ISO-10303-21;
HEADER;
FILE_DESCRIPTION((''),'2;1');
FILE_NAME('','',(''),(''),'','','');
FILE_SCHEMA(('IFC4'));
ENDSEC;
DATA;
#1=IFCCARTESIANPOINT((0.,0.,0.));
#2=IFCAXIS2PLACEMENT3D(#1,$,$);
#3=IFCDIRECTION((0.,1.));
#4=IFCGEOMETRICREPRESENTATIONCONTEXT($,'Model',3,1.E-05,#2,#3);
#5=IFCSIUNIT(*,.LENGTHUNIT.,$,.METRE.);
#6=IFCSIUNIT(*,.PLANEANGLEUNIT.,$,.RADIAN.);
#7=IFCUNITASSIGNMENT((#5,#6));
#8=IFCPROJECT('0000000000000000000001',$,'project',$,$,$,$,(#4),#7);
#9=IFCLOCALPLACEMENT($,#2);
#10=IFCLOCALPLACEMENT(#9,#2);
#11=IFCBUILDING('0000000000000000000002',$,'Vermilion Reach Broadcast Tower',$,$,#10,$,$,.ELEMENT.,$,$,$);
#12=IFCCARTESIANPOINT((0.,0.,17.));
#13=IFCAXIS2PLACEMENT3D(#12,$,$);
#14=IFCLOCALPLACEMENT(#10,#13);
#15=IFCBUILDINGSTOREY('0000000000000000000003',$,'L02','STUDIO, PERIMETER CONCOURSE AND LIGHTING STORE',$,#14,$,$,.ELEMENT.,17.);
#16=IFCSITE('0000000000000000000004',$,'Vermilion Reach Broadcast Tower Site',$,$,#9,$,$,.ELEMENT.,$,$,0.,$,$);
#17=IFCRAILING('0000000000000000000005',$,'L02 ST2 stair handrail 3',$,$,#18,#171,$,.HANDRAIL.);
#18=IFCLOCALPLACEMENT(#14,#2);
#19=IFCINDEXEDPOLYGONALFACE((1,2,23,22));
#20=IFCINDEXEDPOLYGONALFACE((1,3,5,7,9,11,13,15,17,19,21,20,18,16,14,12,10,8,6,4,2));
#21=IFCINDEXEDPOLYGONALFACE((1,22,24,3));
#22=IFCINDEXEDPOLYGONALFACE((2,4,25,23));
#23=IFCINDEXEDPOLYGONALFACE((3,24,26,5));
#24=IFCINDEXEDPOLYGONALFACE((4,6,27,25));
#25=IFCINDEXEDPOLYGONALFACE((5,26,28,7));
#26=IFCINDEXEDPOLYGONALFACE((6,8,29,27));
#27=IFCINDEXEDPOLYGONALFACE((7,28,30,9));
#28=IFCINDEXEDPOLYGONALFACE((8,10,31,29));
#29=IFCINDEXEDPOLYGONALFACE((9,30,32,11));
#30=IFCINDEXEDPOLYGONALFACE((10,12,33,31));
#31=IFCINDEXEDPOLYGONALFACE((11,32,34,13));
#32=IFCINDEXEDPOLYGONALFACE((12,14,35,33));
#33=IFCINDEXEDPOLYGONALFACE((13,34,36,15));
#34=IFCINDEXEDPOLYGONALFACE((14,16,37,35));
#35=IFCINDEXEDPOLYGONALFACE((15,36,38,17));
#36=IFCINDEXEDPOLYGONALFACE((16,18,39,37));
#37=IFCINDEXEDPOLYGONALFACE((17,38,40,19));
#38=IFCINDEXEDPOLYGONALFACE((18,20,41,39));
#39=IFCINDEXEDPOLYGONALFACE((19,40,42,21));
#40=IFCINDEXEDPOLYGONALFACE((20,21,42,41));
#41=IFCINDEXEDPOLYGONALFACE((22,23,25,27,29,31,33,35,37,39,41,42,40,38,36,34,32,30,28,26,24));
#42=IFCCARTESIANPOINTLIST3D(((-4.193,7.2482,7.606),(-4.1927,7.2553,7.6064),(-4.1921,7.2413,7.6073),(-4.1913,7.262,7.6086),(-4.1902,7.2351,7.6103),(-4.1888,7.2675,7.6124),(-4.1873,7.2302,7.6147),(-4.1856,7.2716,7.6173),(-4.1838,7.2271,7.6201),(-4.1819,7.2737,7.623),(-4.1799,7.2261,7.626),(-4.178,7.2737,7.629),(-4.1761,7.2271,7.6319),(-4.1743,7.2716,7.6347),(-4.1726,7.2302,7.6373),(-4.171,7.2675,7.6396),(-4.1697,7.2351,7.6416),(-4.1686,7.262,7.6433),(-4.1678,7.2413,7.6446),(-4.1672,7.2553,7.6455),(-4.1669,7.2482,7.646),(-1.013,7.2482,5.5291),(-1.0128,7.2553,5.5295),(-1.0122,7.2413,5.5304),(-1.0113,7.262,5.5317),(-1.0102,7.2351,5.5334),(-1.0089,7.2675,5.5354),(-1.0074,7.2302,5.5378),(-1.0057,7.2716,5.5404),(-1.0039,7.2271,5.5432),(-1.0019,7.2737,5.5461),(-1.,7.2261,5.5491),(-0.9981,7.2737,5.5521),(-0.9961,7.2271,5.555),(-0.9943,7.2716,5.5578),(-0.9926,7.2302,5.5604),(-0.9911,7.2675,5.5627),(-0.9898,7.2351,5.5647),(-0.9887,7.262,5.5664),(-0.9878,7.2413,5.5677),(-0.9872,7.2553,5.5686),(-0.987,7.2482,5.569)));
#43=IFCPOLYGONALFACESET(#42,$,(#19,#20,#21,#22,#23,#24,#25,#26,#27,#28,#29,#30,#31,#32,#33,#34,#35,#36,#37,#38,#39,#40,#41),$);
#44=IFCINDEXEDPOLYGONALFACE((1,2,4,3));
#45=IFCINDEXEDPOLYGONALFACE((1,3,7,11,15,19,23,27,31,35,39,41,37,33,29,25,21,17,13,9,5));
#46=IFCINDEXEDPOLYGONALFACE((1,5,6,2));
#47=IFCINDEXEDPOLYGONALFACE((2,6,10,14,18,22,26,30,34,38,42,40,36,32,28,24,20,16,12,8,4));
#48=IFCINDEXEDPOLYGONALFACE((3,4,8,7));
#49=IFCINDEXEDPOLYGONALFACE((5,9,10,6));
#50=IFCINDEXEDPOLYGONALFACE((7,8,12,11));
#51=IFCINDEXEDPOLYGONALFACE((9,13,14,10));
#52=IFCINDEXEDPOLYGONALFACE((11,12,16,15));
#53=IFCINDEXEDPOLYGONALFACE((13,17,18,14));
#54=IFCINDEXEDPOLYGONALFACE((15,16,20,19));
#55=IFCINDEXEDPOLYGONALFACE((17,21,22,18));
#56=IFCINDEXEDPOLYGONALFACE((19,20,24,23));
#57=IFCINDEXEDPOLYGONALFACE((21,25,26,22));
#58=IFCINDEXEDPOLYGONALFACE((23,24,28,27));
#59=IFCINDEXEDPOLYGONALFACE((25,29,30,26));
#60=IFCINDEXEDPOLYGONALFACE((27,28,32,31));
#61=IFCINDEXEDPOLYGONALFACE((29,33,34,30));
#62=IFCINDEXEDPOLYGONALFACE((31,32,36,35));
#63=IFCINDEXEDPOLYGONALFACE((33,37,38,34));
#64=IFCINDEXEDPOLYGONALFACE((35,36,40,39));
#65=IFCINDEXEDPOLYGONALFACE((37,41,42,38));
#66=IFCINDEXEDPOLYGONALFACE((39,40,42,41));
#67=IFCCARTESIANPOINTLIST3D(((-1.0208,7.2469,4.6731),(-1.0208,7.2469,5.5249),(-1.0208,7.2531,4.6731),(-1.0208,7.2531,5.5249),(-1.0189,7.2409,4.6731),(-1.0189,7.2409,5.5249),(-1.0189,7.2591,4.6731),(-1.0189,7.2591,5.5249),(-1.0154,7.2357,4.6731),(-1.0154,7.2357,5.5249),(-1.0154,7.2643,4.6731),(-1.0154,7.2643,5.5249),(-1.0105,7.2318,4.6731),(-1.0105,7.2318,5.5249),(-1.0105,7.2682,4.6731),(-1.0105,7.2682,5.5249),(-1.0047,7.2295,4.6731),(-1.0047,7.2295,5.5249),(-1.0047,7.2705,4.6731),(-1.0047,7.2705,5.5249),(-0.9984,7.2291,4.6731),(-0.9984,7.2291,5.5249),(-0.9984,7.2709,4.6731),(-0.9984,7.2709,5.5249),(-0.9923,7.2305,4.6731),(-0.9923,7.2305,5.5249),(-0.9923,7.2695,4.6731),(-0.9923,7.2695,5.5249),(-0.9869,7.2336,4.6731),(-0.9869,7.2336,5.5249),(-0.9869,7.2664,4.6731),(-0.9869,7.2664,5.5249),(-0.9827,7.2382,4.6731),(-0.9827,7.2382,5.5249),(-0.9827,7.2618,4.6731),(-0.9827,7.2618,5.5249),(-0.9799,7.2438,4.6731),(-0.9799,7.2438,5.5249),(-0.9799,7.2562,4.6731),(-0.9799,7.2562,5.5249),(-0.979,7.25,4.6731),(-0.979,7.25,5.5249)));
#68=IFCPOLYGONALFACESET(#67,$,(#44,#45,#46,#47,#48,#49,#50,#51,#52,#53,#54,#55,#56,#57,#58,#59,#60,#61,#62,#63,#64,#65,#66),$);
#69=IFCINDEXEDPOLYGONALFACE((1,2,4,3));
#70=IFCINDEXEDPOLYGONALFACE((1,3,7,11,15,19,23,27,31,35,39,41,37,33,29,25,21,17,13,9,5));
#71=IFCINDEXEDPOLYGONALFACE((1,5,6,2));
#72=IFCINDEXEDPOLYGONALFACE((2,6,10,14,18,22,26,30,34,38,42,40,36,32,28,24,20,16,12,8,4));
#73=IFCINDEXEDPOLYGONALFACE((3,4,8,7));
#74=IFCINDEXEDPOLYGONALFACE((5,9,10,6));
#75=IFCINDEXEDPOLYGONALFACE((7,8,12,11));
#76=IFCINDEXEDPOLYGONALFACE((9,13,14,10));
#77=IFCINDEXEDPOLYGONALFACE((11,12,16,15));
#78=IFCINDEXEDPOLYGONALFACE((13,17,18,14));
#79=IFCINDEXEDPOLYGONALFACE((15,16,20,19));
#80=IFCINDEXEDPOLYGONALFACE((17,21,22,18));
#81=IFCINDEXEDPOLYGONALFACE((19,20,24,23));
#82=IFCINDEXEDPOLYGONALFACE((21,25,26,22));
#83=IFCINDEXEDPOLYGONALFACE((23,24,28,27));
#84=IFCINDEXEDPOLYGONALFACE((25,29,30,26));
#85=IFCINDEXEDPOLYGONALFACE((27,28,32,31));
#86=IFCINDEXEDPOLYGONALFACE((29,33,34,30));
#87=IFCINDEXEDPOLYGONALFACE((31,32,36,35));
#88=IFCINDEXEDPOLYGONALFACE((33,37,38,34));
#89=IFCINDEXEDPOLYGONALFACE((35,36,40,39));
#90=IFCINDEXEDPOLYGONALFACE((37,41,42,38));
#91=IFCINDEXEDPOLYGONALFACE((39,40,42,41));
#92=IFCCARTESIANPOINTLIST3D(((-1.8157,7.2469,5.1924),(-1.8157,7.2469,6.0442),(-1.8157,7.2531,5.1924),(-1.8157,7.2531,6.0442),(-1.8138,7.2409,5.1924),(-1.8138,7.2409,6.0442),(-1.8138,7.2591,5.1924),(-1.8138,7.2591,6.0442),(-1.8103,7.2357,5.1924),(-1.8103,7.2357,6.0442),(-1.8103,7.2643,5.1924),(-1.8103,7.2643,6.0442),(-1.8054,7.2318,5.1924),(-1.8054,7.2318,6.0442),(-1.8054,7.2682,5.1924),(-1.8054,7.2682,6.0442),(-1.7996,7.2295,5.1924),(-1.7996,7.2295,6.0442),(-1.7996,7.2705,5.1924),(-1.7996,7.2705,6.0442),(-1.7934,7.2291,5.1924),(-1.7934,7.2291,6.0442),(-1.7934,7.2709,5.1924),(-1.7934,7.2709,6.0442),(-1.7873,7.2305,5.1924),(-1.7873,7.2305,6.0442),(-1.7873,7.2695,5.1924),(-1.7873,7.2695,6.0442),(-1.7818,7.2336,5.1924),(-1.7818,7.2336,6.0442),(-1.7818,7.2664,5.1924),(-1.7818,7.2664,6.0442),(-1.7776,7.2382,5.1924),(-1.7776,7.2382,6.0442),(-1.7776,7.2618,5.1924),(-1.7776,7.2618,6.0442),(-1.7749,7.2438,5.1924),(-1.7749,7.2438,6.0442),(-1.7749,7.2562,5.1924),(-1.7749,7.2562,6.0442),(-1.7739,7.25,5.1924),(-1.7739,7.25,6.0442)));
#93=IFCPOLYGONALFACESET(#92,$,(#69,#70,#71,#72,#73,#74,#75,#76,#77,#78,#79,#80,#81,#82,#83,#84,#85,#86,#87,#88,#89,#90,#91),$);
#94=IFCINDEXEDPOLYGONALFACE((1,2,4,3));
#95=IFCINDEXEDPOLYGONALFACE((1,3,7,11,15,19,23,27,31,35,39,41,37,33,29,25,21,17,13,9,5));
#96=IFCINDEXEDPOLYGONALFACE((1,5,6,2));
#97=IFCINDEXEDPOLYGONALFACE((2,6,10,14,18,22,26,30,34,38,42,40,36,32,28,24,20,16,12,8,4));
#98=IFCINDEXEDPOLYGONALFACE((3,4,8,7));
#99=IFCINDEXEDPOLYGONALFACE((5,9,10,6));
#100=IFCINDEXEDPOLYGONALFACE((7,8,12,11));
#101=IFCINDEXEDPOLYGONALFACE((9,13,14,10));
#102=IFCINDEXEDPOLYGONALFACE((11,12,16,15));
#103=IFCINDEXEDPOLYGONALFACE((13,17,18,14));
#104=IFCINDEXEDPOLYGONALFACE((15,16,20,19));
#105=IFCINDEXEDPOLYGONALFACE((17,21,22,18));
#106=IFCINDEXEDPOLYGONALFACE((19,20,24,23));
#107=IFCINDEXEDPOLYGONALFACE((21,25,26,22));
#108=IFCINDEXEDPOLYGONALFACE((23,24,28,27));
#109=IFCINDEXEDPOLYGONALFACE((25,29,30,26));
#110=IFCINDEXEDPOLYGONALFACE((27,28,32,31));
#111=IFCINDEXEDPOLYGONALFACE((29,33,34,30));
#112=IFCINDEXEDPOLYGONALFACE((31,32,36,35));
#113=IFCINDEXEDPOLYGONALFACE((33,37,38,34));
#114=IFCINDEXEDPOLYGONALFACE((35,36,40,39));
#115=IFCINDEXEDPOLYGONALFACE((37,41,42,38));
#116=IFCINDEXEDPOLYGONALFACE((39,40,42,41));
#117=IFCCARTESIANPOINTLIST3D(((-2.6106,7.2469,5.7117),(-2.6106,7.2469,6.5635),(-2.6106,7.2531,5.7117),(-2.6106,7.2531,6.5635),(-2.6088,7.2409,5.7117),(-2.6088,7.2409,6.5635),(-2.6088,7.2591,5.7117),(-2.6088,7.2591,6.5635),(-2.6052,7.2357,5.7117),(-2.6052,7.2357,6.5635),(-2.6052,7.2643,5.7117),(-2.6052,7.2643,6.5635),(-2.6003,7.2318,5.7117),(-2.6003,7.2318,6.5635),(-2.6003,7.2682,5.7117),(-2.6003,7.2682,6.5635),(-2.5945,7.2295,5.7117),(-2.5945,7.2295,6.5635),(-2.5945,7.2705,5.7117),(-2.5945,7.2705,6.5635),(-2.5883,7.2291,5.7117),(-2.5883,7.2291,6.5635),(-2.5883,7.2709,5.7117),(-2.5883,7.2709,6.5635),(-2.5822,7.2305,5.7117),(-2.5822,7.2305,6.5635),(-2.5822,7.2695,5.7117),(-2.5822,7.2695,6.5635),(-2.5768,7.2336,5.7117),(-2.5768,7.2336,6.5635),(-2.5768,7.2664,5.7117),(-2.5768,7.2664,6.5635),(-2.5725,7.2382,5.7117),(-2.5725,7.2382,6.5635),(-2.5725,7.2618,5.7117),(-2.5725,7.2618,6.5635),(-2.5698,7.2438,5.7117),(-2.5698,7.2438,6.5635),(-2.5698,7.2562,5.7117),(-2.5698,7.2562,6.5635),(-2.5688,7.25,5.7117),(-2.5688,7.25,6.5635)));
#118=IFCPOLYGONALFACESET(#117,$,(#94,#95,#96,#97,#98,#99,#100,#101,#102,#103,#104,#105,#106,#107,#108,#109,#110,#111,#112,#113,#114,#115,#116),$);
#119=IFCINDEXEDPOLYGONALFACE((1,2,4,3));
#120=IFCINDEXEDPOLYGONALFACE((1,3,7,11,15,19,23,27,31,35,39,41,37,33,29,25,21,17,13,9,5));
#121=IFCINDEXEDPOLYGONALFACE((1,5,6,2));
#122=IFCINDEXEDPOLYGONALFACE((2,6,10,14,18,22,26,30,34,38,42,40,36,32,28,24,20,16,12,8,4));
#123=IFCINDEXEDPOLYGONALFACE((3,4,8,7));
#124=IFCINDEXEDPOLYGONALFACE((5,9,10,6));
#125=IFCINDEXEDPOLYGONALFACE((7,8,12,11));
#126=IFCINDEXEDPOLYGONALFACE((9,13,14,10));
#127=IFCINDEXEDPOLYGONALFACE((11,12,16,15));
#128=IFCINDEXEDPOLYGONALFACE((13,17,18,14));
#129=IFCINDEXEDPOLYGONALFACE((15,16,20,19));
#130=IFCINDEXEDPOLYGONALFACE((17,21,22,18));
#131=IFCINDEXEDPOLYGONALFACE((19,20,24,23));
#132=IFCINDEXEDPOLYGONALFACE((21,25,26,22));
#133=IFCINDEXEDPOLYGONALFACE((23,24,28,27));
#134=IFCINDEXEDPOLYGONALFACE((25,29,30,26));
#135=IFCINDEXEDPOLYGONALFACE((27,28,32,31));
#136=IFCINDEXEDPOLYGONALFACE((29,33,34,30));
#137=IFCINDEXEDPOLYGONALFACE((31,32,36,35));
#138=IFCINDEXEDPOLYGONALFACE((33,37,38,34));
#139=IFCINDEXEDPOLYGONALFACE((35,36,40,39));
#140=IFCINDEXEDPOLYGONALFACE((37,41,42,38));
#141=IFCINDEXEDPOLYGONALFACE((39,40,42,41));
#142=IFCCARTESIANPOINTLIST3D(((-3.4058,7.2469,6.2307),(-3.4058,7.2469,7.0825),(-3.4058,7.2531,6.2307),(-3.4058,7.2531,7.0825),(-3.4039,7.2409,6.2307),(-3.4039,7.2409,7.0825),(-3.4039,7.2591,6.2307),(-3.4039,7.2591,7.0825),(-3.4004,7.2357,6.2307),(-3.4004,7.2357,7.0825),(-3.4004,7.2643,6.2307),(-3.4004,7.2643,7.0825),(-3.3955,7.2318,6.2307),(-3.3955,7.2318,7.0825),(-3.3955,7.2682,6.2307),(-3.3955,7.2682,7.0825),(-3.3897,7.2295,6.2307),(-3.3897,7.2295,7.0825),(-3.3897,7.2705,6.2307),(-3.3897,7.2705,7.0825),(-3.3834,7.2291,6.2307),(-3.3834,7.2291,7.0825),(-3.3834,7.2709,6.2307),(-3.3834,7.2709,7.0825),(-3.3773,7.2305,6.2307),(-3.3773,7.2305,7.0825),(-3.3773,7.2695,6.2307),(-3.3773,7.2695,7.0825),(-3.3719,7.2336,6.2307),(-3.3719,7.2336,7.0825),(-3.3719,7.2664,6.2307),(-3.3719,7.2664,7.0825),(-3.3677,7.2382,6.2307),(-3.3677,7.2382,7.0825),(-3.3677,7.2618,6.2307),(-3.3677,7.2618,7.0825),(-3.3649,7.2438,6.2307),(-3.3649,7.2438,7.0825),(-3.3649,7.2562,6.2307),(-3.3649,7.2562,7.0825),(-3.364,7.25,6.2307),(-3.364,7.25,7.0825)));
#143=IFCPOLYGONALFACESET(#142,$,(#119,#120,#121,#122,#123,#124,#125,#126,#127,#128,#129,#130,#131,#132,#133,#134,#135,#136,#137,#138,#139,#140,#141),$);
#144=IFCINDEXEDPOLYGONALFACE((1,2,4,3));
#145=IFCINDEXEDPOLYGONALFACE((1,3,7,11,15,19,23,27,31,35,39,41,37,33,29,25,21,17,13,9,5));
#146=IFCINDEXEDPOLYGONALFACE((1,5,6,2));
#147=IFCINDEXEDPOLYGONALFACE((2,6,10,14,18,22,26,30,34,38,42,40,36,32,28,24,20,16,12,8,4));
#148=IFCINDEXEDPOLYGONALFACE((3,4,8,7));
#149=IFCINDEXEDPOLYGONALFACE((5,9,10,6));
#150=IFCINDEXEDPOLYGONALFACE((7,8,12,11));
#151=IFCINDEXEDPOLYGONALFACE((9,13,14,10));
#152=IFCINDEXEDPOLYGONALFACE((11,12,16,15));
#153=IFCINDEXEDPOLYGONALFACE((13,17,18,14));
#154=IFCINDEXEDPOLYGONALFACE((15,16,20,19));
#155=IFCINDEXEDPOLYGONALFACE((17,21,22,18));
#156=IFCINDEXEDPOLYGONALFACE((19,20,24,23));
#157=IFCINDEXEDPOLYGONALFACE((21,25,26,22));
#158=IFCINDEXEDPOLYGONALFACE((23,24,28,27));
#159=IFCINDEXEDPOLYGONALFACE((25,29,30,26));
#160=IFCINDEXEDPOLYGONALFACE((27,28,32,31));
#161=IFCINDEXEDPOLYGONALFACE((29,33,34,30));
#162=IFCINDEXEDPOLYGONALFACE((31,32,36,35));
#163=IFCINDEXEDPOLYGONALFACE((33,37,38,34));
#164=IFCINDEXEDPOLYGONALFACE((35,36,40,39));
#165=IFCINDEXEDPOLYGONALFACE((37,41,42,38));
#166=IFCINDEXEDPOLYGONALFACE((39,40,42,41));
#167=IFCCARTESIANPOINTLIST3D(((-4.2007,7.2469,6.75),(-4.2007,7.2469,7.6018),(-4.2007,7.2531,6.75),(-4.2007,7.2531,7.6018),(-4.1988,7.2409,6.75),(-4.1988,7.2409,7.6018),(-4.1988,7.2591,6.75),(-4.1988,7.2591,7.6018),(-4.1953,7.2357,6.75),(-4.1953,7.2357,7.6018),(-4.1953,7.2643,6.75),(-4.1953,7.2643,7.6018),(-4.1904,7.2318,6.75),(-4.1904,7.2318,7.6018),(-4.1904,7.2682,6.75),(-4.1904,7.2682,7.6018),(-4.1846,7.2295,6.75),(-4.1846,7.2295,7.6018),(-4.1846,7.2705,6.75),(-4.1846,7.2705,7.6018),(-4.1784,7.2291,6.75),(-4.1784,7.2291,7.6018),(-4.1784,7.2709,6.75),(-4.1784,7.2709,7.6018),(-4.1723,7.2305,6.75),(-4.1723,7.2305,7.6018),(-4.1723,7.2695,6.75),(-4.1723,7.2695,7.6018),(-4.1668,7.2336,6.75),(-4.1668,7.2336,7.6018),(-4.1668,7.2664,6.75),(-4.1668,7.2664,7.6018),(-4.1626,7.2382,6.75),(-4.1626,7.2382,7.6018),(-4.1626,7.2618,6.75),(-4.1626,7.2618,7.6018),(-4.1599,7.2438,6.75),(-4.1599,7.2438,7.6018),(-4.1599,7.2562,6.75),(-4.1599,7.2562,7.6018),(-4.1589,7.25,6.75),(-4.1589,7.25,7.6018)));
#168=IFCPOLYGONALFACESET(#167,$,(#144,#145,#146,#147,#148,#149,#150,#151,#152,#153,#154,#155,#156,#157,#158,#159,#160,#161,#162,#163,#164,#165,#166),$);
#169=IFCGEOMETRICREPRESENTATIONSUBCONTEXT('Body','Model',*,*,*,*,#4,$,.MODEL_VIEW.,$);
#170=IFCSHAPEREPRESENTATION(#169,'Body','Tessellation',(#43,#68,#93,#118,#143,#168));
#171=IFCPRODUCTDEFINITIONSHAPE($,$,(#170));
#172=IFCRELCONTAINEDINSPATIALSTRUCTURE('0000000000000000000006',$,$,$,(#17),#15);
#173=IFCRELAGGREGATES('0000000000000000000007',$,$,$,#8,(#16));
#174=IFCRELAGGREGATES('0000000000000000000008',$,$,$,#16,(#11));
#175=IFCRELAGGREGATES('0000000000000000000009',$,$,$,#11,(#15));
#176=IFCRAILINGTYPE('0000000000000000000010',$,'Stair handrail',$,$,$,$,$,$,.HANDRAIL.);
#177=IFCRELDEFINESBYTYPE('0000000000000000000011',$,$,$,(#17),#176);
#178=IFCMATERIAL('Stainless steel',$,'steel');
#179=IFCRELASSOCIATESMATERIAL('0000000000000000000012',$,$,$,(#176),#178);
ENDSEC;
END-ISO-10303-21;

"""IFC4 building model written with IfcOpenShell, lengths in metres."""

from ifc_helpers import new_model, si_unit, direction, frame, origin, origin_2d, place, context, subcontext, project, spatial, circle, extrude, material, type_object, element, save


model = new_model("IFC4")

# Units and contexts
model_context = context("Model", 3, precision=1e-05, world=origin(), true_north=direction((0.0, 1.0)))
body_context = subcontext(model_context, "Body", "Model", "MODEL_VIEW")
ifc_project = project(units=[si_unit("LENGTHUNIT", "METRE"), si_unit("PLANEANGLEUNIT", "RADIAN")], contexts=[model_context])

# Site, building, storey
site_placement = place(None, origin())
site = spatial("IfcSite", under=ifc_project, at=site_placement, Name="Vermilion Reach Broadcast Tower Site", CompositionType="ELEMENT", RefElevation=0.0)
building_placement = place(site_placement, origin())
building = spatial("IfcBuilding", under=site, at=building_placement, Name="Vermilion Reach Broadcast Tower", CompositionType="ELEMENT")
storey_placement = place(building_placement, frame((0.0, 0.0, 17.0)))
storey = spatial("IfcBuildingStorey", under=building, at=storey_placement, Name="L02", Description="STUDIO, PERIMETER CONCOURSE AND LIGHTING STORE", CompositionType="ELEMENT", Elevation=17.0)

# Railing
ifc_material_1 = material(Name="Stainless steel", Category="steel")
railing_type_1 = type_object("IfcRailingType", Name="Stair handrail", PredefinedType="HANDRAIL", material=ifc_material_1)
railing_1_placement = place(storey_placement, frame((-1.0, 7.25, 4.6731)))
element("IfcRailing", 1, at=railing_1_placement, inside=storey, type_object=railing_type_1, Name="L02 ST2 stair handrail 3", PredefinedType="HANDRAIL", context=body_context, shape_type="SweptSolid", body=[
    extrude(circle(Radius=0.0239, at=origin_2d()), frame((0.0, 0.0, 0.876), z_axis=(-0.837245, 0.0, 0.546828), x_axis=(0.0, -1.0, 0.0)), (0.0, 0.0, 1.0), 3.7981),
    extrude(circle(Radius=0.021, at=origin_2d()), origin(), (0.0, 0.0, 1.0), 0.8518),
    extrude(circle(Radius=0.021, at=origin_2d()), frame((-0.7949, 0.0, 0.5193)), (0.0, 0.0, 1.0), 0.8518),
    extrude(circle(Radius=0.021, at=origin_2d()), frame((-1.5898, 0.0, 1.0386)), (0.0, 0.0, 1.0), 0.8518),
    extrude(circle(Radius=0.021, at=origin_2d()), frame((-2.385, 0.0, 1.5576)), (0.0, 0.0, 1.0), 0.8518),
    extrude(circle(Radius=0.021, at=origin_2d()), frame((-3.1799, 0.0, 2.0769)), (0.0, 0.0, 1.0), 0.8518),
])

save(model, "model.ifc")
